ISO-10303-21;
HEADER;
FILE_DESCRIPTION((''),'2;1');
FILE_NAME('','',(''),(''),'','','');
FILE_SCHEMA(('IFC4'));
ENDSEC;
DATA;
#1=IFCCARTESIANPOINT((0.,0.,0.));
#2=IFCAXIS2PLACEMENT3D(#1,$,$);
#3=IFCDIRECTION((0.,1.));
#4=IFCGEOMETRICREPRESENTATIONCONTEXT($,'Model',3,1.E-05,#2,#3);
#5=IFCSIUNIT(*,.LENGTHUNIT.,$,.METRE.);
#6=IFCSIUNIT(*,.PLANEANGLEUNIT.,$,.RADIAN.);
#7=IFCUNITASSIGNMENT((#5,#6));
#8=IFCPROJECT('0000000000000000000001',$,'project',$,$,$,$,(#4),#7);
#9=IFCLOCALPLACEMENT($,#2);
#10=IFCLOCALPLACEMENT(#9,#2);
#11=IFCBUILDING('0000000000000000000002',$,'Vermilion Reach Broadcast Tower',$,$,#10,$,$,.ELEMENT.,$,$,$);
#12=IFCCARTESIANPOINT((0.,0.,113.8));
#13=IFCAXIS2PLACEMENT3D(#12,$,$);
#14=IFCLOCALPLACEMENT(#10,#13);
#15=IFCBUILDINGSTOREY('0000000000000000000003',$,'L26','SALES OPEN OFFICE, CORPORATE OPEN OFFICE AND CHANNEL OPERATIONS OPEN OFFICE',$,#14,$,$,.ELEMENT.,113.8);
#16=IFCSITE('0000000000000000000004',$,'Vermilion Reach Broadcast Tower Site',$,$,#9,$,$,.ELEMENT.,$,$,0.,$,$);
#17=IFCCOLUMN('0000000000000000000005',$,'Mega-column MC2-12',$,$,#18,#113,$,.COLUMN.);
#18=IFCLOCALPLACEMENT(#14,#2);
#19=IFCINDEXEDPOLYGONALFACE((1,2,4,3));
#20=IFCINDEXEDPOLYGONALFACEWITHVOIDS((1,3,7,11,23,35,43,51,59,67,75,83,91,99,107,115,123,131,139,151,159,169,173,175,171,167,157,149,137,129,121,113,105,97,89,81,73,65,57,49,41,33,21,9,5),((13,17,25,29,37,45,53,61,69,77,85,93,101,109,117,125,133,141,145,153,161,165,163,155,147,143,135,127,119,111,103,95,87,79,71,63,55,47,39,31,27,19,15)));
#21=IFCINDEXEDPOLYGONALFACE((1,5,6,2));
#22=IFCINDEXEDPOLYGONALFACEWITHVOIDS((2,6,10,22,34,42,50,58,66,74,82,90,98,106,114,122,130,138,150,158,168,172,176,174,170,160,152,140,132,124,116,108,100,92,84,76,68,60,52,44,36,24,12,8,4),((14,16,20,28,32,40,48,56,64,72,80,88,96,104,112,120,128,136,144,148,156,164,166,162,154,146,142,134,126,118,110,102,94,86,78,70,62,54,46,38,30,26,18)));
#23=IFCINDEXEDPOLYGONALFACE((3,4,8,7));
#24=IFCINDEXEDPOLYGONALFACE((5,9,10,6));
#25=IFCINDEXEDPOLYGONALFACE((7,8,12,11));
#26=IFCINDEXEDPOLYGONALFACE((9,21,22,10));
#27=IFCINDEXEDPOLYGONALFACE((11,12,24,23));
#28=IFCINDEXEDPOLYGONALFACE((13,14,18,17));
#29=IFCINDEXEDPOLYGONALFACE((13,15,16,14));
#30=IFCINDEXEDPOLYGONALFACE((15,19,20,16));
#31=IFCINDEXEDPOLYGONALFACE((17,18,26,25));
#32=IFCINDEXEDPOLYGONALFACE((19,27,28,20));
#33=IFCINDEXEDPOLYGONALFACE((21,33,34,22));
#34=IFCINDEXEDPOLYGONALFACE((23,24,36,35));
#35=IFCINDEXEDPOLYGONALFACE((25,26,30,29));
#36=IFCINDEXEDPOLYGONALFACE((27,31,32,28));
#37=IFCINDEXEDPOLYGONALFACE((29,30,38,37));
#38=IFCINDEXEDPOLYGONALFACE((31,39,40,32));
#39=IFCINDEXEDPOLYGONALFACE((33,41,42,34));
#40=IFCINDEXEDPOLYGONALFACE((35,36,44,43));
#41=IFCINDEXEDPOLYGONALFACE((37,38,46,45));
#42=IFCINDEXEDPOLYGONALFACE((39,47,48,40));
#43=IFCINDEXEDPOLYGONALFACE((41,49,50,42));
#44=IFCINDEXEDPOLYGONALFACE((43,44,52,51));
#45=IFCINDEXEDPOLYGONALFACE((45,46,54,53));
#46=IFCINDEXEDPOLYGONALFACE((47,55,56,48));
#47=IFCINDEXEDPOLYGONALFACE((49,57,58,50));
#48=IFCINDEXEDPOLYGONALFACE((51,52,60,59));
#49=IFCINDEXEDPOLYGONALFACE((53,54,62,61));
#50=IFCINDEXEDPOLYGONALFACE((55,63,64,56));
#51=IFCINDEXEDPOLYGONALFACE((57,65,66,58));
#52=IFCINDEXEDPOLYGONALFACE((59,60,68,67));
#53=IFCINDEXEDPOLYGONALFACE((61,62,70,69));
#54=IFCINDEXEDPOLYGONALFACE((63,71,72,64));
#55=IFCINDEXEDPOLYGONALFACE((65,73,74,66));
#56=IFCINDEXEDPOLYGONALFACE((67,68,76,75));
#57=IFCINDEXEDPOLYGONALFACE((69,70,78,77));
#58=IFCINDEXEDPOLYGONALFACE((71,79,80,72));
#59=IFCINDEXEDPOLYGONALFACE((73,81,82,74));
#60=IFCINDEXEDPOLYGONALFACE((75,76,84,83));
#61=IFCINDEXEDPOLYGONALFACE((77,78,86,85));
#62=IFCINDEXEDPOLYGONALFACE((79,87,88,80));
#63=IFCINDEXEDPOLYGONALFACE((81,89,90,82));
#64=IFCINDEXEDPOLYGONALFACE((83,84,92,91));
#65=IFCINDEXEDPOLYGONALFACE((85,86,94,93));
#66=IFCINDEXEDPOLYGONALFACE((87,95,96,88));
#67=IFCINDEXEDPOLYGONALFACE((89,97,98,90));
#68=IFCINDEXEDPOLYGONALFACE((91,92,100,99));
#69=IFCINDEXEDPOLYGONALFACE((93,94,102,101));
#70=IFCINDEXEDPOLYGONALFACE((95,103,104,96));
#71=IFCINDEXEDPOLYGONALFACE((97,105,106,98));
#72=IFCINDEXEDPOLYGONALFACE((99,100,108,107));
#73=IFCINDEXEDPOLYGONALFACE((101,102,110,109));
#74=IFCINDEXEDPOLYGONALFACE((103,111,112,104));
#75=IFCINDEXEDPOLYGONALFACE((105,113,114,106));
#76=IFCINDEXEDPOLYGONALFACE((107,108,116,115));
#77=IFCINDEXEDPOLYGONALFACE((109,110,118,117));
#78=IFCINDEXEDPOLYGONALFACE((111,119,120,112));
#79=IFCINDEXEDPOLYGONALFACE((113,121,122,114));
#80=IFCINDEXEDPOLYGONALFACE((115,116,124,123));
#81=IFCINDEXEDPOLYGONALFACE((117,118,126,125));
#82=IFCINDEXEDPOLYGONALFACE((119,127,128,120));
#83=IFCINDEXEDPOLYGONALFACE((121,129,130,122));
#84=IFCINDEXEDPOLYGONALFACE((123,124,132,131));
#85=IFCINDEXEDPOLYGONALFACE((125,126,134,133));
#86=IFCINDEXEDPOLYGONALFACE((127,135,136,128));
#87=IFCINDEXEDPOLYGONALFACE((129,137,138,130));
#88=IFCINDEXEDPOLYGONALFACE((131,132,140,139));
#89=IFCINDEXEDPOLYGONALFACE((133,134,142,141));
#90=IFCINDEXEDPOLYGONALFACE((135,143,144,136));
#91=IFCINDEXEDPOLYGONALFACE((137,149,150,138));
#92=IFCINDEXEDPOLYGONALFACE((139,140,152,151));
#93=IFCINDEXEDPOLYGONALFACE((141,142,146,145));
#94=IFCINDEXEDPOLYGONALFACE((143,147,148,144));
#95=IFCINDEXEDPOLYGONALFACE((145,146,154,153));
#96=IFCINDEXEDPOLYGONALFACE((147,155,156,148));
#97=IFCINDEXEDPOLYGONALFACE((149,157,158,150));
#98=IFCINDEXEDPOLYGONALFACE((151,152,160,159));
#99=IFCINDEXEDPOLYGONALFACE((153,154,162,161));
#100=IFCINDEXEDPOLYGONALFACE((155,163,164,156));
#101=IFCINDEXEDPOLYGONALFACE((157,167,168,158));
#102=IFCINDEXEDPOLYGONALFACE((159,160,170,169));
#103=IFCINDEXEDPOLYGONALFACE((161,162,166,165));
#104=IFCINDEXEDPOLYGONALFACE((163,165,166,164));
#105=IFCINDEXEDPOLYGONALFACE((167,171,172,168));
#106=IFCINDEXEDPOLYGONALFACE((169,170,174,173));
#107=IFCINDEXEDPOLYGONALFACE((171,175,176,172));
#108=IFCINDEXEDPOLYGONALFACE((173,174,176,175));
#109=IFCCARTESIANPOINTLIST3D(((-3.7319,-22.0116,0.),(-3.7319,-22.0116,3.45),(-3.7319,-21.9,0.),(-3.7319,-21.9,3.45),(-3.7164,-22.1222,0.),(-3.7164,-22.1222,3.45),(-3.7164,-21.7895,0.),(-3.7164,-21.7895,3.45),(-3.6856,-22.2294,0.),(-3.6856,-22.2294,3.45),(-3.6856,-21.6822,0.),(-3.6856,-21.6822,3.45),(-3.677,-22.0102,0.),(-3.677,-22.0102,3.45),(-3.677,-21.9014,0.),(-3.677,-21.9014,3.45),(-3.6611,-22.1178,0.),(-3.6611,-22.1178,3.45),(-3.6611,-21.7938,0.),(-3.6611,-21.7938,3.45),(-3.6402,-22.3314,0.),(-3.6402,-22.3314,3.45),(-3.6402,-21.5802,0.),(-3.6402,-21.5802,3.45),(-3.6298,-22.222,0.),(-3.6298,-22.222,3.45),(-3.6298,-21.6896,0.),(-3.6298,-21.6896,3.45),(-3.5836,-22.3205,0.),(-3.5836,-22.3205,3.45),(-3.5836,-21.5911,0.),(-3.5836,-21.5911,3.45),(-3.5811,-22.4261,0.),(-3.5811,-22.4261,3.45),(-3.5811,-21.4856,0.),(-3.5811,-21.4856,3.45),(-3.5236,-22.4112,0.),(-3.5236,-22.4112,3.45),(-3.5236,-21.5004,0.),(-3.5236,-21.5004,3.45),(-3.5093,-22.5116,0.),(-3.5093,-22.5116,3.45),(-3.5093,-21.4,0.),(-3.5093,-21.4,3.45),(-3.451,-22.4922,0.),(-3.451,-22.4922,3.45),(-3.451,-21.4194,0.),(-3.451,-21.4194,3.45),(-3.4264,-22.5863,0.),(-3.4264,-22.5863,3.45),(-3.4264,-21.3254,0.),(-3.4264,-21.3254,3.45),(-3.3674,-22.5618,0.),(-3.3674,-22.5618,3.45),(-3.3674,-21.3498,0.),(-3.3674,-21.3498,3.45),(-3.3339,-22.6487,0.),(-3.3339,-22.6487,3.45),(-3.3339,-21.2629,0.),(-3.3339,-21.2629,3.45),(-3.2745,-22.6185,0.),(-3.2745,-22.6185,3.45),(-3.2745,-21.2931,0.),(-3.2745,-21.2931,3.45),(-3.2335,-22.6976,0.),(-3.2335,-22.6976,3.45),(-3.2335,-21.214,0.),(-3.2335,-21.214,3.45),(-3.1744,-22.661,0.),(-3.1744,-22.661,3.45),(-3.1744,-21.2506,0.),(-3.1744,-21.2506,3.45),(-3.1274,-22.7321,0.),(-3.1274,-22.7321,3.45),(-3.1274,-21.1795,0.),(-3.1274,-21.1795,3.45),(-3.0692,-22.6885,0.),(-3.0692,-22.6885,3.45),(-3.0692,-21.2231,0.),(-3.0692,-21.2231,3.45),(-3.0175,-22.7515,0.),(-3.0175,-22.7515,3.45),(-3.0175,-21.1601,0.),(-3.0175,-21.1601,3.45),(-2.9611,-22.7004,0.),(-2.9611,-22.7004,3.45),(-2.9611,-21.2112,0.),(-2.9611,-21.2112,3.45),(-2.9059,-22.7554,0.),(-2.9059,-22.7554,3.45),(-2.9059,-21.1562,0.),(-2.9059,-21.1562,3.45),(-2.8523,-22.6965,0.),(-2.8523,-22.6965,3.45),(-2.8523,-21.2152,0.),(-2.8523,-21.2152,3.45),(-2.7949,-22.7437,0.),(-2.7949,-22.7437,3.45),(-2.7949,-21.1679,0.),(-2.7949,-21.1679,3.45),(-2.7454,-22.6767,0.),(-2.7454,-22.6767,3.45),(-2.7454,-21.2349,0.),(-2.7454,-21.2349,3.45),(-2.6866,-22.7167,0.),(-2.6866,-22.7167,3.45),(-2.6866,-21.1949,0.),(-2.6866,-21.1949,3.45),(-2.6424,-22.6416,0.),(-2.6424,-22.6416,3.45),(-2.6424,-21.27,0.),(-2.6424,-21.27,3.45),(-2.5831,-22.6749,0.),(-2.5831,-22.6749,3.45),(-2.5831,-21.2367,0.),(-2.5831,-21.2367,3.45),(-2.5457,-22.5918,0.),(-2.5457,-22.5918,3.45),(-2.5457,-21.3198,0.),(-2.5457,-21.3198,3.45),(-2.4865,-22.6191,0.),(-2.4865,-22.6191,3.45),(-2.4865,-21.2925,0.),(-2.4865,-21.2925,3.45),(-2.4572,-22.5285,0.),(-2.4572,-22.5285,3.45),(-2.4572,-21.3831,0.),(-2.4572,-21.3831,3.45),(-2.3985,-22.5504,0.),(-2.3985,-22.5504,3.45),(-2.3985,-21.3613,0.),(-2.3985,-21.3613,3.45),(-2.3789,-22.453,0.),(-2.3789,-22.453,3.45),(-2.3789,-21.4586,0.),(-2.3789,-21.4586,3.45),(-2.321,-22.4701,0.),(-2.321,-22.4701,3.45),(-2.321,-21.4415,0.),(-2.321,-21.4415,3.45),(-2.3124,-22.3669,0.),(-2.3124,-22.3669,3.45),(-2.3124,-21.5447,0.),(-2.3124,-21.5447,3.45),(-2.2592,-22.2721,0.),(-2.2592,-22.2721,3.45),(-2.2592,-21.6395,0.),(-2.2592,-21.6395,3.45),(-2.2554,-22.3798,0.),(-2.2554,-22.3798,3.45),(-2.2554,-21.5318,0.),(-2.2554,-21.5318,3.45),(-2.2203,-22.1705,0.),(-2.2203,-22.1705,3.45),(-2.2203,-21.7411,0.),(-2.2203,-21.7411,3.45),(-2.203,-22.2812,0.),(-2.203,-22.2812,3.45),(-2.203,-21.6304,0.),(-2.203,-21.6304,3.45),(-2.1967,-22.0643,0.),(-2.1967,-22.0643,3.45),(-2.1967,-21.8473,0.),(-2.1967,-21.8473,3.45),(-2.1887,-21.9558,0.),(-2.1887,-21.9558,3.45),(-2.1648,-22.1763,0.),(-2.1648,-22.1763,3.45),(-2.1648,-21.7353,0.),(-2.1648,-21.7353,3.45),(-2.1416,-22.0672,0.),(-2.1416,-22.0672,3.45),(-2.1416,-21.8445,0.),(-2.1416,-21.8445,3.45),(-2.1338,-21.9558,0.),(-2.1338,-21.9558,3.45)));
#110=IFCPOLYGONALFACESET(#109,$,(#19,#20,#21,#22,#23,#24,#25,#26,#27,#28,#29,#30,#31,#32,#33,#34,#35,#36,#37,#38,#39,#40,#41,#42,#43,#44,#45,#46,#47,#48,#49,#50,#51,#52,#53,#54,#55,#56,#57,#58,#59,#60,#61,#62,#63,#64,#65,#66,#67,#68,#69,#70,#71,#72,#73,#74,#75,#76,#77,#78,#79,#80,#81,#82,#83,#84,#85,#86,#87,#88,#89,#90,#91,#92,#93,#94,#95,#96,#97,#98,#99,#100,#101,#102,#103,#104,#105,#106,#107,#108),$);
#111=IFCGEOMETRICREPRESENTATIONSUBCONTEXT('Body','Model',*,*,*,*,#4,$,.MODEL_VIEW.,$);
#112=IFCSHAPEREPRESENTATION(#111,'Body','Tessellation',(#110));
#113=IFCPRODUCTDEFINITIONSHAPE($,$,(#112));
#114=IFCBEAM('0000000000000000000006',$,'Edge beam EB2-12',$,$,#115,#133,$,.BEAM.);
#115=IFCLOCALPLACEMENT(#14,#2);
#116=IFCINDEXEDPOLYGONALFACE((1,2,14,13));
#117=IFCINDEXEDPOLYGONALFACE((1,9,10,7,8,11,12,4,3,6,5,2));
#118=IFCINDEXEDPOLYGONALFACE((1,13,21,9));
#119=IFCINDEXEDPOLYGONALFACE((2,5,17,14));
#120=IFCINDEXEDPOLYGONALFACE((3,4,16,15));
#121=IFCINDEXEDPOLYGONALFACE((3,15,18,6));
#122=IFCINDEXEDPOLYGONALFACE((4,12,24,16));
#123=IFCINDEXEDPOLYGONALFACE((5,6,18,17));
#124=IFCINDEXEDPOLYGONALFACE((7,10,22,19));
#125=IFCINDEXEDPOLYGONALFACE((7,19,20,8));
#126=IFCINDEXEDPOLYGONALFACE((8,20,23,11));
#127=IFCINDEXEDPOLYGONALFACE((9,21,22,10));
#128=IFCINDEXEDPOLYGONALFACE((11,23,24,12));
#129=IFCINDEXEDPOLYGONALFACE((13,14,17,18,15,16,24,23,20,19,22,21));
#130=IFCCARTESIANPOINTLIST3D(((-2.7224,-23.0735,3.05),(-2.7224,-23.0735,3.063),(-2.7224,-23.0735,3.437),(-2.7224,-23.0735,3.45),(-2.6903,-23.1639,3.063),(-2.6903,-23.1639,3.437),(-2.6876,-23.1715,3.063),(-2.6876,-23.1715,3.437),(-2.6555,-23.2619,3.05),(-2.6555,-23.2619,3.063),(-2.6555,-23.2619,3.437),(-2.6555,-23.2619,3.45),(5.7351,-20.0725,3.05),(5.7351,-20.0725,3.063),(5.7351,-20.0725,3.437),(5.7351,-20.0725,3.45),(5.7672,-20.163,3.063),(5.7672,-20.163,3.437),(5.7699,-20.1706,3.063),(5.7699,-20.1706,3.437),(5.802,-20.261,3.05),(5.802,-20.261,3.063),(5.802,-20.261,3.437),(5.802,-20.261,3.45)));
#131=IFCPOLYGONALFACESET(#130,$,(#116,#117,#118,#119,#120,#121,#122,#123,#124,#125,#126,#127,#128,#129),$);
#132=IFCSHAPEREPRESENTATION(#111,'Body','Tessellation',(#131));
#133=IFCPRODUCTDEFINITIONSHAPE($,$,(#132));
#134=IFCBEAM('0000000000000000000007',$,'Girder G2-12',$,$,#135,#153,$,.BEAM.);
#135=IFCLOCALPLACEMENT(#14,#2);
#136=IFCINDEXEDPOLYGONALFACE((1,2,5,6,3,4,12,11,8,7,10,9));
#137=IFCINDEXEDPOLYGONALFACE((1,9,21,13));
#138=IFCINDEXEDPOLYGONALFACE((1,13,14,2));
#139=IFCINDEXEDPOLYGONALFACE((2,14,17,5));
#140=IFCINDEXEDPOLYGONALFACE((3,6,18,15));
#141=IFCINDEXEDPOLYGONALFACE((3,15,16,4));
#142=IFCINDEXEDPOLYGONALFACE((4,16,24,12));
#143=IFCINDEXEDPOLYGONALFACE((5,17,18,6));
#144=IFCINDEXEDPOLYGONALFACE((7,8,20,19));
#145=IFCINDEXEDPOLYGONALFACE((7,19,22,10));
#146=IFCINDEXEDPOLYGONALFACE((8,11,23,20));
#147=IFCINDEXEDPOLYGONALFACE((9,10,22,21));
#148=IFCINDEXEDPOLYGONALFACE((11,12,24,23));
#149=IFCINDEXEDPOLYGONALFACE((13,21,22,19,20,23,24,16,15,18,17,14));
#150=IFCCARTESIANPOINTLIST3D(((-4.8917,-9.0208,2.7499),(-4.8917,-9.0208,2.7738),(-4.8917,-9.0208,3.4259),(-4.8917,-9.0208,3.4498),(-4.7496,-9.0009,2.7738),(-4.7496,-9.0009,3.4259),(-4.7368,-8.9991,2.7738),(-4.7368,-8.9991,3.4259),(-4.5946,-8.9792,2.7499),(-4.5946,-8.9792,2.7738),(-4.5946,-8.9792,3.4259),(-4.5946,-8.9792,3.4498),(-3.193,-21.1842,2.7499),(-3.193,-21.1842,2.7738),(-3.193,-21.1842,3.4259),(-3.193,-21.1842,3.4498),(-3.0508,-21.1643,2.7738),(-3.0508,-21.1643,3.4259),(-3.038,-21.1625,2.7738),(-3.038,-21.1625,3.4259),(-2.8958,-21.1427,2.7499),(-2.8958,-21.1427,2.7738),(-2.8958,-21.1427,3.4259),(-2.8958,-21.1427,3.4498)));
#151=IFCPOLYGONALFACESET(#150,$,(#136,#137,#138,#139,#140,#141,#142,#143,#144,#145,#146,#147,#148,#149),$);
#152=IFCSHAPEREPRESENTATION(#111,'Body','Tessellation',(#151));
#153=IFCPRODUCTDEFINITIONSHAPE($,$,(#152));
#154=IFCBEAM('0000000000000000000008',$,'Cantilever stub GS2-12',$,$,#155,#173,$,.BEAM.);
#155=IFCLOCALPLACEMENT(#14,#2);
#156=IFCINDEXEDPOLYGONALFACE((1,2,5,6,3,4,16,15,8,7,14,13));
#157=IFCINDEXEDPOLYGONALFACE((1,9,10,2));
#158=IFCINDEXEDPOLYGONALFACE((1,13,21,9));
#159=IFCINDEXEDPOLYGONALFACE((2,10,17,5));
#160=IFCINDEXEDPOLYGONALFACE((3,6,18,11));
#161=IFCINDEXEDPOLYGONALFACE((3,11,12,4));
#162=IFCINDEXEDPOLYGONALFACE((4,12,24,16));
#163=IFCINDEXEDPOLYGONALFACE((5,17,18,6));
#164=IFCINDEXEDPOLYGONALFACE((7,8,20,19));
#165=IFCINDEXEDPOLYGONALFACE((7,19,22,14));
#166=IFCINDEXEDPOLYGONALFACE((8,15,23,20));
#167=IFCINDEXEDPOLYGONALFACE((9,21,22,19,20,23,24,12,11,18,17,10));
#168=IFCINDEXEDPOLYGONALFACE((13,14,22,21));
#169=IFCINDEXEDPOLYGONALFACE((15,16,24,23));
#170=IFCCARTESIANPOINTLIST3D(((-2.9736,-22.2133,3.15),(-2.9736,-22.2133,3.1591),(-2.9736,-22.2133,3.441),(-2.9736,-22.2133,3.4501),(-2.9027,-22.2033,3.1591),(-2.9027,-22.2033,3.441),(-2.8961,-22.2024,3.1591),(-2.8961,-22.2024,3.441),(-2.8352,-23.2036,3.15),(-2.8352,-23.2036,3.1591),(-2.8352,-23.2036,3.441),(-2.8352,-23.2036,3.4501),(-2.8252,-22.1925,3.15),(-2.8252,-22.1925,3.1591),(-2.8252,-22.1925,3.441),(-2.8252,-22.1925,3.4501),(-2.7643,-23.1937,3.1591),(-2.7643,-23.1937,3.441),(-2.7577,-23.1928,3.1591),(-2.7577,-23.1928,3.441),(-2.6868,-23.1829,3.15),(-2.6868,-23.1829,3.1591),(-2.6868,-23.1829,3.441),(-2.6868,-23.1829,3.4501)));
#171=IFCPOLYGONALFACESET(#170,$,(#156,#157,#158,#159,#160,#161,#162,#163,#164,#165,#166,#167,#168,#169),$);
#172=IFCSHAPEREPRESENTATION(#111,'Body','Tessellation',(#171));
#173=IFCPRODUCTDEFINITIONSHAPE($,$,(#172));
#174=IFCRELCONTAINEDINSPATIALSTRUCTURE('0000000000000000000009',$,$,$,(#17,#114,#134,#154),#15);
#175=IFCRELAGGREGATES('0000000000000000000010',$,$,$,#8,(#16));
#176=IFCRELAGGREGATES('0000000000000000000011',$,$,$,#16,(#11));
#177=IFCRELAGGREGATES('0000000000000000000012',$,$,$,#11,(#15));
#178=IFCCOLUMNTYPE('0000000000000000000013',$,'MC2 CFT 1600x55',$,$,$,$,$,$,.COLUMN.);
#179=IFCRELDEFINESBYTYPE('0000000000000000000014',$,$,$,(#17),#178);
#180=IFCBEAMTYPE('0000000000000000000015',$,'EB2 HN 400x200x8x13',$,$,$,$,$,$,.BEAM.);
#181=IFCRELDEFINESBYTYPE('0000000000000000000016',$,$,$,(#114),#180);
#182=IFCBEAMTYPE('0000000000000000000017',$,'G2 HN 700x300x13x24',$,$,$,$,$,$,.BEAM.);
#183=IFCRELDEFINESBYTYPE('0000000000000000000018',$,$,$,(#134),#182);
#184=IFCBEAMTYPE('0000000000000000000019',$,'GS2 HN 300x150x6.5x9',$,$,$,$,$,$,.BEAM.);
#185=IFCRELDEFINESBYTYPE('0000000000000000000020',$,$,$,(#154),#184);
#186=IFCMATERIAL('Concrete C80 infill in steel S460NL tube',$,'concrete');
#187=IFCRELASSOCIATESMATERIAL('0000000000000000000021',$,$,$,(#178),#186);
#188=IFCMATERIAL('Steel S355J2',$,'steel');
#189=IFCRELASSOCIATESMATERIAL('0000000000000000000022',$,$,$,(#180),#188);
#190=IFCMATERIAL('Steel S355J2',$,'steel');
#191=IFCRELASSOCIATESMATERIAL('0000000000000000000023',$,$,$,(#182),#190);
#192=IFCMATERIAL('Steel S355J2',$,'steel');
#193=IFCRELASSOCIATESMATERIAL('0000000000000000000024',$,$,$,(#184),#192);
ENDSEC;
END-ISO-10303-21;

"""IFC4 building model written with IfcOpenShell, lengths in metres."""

from ifc_helpers import new_model, si_unit, direction, frame, origin, origin_2d, place, context, subcontext, project, spatial, hollow_circle, i_section, extrude, material, material_profile, profile_set, type_object, element, save


model = new_model("IFC4")

# Units and contexts
model_context = context("Model", 3, precision=1e-05, world=origin(), true_north=direction((0.0, 1.0)))
body_context = subcontext(model_context, "Body", "Model", "MODEL_VIEW")
ifc_project = project(units=[si_unit("LENGTHUNIT", "METRE"), si_unit("PLANEANGLEUNIT", "RADIAN")], contexts=[model_context])

# Site, building, storey
site_placement = place(None, origin())
site = spatial("IfcSite", under=ifc_project, at=site_placement, Name="Vermilion Reach Broadcast Tower Site", CompositionType="ELEMENT", RefElevation=0.0)
building_placement = place(site_placement, origin())
building = spatial("IfcBuilding", under=site, at=building_placement, Name="Vermilion Reach Broadcast Tower", CompositionType="ELEMENT")
storey_placement = place(building_placement, frame((0.0, 0.0, 113.8)))
storey = spatial("IfcBuildingStorey", under=building, at=storey_placement, Name="L26", Description="SALES OPEN OFFICE, CORPORATE OPEN OFFICE AND CHANNEL OPERATIONS OPEN OFFICE", CompositionType="ELEMENT", Elevation=113.8)

# Column
ifc_material_1 = material(Name="Concrete C80 infill in steel S460NL tube", Category="concrete")
ifc_material_profile_1 = material_profile(ifc_material_1, hollow_circle(Radius=0.8, WallThickness=0.0549, at=origin_2d()), Name="Concrete C80 infill in steel S460NL tube CFT 1600x55")
ifc_profile_set_1 = profile_set([ifc_material_profile_1], Name="Concrete C80 infill in steel S460NL tube")
column_type = type_object("IfcColumnType", Name="MC2 CFT 1600x55", PredefinedType="COLUMN", material=ifc_profile_set_1)
column_placement = place(storey_placement, frame((-2.9338, -21.9558, 0.0), z_axis=(0.0, 0.0, 1.0), x_axis=(1.0, 0.0, 0.0)))
element("IfcColumn", 1, at=column_placement, inside=storey, type_object=column_type, Name="Mega-column MC2-12", PredefinedType="COLUMN", context=body_context, shape_type="SweptSolid", body=[
    extrude(hollow_circle(Radius=0.8, WallThickness=0.0549, at=origin_2d()), origin(), (0.0, 0.0, 1.0), 3.45),
])

# Beams
ifc_material_2 = material(Name="Steel S355J2", Category="steel")
ifc_material_profile_2 = material_profile(ifc_material_2, i_section(OverallWidth=0.2, OverallDepth=0.3999, WebThickness=0.0081, FlangeThickness=0.0129, at=origin_2d()), Name="S355J2 HN 400x200x8x13")
ifc_profile_set_2 = profile_set([ifc_material_profile_2], Name="Steel S355J2")
beam_type_1 = type_object("IfcBeamType", Name="EB2 HN 400x200x8x13", PredefinedType="BEAM", material=ifc_profile_set_2)
beam_1_placement = place(storey_placement, frame((-2.689, -23.1677, 3.25), z_axis=(0.942431, 0.334402, 0.0), x_axis=(-0.334402, 0.942431, 0.0)))
element("IfcBeam", 2, at=beam_1_placement, inside=storey, type_object=beam_type_1, Name="Edge beam EB2-12", PredefinedType="BEAM", context=body_context, shape_type="SweptSolid", body=[
    extrude(i_section(OverallWidth=0.2, OverallDepth=0.3999, WebThickness=0.0081, FlangeThickness=0.0129, at=origin_2d()), origin(), (0.0, 0.0, 1.0), 8.9741),
])
ifc_material_3 = material(Name="Steel S355J2", Category="steel")
ifc_material_profile_3 = material_profile(ifc_material_3, i_section(OverallWidth=0.3, OverallDepth=0.7, WebThickness=0.0129, FlangeThickness=0.0239, at=origin_2d()), Name="S355J2 HN 700x300x13x24")
ifc_profile_set_3 = profile_set([ifc_material_profile_3], Name="Steel S355J2")
beam_type_2 = type_object("IfcBeamType", Name="G2 HN 700x300x13x24", PredefinedType="BEAM", material=ifc_profile_set_3)
beam_2_placement = place(storey_placement, frame((-4.7432, -9.0, 3.0999), z_axis=(0.138318, -0.990388, 0.0), x_axis=(0.990388, 0.138318, 0.0)))
element("IfcBeam", 3, at=beam_2_placement, inside=storey, type_object=beam_type_2, Name="Girder G2-12", PredefinedType="BEAM", context=body_context, shape_type="SweptSolid", body=[
    extrude(i_section(OverallWidth=0.3, OverallDepth=0.7, WebThickness=0.0129, FlangeThickness=0.0239, at=origin_2d()), origin(), (0.0, 0.0, 1.0), 12.2815),
])
ifc_material_4 = material(Name="Steel S355J2", Category="steel")
ifc_material_profile_4 = material_profile(ifc_material_4, i_section(OverallWidth=0.1499, OverallDepth=0.3, WebThickness=0.0066, FlangeThickness=0.009, at=origin_2d()), Name="S355J2 HN 300x150x6.5x9")
ifc_profile_set_4 = profile_set([ifc_material_profile_4], Name="Steel S355J2")
beam_type_3 = type_object("IfcBeamType", Name="GS2 HN 300x150x6.5x9", PredefinedType="BEAM", material=ifc_profile_set_4)
beam_3_placement = place(storey_placement, frame((-2.8994, -22.2029, 3.3), z_axis=(0.138413, -0.990375, 0.0), x_axis=(0.990375, 0.138413, 0.0)))
element("IfcBeam", 4, at=beam_3_placement, inside=storey, type_object=beam_type_3, Name="Cantilever stub GS2-12", PredefinedType="BEAM", context=body_context, shape_type="SweptSolid", body=[
    extrude(i_section(OverallWidth=0.1499, OverallDepth=0.3, WebThickness=0.0066, FlangeThickness=0.009, at=origin_2d()), origin(), (0.0, 0.0, 1.0), 1.0),
])

save(model, "model.ifc")
